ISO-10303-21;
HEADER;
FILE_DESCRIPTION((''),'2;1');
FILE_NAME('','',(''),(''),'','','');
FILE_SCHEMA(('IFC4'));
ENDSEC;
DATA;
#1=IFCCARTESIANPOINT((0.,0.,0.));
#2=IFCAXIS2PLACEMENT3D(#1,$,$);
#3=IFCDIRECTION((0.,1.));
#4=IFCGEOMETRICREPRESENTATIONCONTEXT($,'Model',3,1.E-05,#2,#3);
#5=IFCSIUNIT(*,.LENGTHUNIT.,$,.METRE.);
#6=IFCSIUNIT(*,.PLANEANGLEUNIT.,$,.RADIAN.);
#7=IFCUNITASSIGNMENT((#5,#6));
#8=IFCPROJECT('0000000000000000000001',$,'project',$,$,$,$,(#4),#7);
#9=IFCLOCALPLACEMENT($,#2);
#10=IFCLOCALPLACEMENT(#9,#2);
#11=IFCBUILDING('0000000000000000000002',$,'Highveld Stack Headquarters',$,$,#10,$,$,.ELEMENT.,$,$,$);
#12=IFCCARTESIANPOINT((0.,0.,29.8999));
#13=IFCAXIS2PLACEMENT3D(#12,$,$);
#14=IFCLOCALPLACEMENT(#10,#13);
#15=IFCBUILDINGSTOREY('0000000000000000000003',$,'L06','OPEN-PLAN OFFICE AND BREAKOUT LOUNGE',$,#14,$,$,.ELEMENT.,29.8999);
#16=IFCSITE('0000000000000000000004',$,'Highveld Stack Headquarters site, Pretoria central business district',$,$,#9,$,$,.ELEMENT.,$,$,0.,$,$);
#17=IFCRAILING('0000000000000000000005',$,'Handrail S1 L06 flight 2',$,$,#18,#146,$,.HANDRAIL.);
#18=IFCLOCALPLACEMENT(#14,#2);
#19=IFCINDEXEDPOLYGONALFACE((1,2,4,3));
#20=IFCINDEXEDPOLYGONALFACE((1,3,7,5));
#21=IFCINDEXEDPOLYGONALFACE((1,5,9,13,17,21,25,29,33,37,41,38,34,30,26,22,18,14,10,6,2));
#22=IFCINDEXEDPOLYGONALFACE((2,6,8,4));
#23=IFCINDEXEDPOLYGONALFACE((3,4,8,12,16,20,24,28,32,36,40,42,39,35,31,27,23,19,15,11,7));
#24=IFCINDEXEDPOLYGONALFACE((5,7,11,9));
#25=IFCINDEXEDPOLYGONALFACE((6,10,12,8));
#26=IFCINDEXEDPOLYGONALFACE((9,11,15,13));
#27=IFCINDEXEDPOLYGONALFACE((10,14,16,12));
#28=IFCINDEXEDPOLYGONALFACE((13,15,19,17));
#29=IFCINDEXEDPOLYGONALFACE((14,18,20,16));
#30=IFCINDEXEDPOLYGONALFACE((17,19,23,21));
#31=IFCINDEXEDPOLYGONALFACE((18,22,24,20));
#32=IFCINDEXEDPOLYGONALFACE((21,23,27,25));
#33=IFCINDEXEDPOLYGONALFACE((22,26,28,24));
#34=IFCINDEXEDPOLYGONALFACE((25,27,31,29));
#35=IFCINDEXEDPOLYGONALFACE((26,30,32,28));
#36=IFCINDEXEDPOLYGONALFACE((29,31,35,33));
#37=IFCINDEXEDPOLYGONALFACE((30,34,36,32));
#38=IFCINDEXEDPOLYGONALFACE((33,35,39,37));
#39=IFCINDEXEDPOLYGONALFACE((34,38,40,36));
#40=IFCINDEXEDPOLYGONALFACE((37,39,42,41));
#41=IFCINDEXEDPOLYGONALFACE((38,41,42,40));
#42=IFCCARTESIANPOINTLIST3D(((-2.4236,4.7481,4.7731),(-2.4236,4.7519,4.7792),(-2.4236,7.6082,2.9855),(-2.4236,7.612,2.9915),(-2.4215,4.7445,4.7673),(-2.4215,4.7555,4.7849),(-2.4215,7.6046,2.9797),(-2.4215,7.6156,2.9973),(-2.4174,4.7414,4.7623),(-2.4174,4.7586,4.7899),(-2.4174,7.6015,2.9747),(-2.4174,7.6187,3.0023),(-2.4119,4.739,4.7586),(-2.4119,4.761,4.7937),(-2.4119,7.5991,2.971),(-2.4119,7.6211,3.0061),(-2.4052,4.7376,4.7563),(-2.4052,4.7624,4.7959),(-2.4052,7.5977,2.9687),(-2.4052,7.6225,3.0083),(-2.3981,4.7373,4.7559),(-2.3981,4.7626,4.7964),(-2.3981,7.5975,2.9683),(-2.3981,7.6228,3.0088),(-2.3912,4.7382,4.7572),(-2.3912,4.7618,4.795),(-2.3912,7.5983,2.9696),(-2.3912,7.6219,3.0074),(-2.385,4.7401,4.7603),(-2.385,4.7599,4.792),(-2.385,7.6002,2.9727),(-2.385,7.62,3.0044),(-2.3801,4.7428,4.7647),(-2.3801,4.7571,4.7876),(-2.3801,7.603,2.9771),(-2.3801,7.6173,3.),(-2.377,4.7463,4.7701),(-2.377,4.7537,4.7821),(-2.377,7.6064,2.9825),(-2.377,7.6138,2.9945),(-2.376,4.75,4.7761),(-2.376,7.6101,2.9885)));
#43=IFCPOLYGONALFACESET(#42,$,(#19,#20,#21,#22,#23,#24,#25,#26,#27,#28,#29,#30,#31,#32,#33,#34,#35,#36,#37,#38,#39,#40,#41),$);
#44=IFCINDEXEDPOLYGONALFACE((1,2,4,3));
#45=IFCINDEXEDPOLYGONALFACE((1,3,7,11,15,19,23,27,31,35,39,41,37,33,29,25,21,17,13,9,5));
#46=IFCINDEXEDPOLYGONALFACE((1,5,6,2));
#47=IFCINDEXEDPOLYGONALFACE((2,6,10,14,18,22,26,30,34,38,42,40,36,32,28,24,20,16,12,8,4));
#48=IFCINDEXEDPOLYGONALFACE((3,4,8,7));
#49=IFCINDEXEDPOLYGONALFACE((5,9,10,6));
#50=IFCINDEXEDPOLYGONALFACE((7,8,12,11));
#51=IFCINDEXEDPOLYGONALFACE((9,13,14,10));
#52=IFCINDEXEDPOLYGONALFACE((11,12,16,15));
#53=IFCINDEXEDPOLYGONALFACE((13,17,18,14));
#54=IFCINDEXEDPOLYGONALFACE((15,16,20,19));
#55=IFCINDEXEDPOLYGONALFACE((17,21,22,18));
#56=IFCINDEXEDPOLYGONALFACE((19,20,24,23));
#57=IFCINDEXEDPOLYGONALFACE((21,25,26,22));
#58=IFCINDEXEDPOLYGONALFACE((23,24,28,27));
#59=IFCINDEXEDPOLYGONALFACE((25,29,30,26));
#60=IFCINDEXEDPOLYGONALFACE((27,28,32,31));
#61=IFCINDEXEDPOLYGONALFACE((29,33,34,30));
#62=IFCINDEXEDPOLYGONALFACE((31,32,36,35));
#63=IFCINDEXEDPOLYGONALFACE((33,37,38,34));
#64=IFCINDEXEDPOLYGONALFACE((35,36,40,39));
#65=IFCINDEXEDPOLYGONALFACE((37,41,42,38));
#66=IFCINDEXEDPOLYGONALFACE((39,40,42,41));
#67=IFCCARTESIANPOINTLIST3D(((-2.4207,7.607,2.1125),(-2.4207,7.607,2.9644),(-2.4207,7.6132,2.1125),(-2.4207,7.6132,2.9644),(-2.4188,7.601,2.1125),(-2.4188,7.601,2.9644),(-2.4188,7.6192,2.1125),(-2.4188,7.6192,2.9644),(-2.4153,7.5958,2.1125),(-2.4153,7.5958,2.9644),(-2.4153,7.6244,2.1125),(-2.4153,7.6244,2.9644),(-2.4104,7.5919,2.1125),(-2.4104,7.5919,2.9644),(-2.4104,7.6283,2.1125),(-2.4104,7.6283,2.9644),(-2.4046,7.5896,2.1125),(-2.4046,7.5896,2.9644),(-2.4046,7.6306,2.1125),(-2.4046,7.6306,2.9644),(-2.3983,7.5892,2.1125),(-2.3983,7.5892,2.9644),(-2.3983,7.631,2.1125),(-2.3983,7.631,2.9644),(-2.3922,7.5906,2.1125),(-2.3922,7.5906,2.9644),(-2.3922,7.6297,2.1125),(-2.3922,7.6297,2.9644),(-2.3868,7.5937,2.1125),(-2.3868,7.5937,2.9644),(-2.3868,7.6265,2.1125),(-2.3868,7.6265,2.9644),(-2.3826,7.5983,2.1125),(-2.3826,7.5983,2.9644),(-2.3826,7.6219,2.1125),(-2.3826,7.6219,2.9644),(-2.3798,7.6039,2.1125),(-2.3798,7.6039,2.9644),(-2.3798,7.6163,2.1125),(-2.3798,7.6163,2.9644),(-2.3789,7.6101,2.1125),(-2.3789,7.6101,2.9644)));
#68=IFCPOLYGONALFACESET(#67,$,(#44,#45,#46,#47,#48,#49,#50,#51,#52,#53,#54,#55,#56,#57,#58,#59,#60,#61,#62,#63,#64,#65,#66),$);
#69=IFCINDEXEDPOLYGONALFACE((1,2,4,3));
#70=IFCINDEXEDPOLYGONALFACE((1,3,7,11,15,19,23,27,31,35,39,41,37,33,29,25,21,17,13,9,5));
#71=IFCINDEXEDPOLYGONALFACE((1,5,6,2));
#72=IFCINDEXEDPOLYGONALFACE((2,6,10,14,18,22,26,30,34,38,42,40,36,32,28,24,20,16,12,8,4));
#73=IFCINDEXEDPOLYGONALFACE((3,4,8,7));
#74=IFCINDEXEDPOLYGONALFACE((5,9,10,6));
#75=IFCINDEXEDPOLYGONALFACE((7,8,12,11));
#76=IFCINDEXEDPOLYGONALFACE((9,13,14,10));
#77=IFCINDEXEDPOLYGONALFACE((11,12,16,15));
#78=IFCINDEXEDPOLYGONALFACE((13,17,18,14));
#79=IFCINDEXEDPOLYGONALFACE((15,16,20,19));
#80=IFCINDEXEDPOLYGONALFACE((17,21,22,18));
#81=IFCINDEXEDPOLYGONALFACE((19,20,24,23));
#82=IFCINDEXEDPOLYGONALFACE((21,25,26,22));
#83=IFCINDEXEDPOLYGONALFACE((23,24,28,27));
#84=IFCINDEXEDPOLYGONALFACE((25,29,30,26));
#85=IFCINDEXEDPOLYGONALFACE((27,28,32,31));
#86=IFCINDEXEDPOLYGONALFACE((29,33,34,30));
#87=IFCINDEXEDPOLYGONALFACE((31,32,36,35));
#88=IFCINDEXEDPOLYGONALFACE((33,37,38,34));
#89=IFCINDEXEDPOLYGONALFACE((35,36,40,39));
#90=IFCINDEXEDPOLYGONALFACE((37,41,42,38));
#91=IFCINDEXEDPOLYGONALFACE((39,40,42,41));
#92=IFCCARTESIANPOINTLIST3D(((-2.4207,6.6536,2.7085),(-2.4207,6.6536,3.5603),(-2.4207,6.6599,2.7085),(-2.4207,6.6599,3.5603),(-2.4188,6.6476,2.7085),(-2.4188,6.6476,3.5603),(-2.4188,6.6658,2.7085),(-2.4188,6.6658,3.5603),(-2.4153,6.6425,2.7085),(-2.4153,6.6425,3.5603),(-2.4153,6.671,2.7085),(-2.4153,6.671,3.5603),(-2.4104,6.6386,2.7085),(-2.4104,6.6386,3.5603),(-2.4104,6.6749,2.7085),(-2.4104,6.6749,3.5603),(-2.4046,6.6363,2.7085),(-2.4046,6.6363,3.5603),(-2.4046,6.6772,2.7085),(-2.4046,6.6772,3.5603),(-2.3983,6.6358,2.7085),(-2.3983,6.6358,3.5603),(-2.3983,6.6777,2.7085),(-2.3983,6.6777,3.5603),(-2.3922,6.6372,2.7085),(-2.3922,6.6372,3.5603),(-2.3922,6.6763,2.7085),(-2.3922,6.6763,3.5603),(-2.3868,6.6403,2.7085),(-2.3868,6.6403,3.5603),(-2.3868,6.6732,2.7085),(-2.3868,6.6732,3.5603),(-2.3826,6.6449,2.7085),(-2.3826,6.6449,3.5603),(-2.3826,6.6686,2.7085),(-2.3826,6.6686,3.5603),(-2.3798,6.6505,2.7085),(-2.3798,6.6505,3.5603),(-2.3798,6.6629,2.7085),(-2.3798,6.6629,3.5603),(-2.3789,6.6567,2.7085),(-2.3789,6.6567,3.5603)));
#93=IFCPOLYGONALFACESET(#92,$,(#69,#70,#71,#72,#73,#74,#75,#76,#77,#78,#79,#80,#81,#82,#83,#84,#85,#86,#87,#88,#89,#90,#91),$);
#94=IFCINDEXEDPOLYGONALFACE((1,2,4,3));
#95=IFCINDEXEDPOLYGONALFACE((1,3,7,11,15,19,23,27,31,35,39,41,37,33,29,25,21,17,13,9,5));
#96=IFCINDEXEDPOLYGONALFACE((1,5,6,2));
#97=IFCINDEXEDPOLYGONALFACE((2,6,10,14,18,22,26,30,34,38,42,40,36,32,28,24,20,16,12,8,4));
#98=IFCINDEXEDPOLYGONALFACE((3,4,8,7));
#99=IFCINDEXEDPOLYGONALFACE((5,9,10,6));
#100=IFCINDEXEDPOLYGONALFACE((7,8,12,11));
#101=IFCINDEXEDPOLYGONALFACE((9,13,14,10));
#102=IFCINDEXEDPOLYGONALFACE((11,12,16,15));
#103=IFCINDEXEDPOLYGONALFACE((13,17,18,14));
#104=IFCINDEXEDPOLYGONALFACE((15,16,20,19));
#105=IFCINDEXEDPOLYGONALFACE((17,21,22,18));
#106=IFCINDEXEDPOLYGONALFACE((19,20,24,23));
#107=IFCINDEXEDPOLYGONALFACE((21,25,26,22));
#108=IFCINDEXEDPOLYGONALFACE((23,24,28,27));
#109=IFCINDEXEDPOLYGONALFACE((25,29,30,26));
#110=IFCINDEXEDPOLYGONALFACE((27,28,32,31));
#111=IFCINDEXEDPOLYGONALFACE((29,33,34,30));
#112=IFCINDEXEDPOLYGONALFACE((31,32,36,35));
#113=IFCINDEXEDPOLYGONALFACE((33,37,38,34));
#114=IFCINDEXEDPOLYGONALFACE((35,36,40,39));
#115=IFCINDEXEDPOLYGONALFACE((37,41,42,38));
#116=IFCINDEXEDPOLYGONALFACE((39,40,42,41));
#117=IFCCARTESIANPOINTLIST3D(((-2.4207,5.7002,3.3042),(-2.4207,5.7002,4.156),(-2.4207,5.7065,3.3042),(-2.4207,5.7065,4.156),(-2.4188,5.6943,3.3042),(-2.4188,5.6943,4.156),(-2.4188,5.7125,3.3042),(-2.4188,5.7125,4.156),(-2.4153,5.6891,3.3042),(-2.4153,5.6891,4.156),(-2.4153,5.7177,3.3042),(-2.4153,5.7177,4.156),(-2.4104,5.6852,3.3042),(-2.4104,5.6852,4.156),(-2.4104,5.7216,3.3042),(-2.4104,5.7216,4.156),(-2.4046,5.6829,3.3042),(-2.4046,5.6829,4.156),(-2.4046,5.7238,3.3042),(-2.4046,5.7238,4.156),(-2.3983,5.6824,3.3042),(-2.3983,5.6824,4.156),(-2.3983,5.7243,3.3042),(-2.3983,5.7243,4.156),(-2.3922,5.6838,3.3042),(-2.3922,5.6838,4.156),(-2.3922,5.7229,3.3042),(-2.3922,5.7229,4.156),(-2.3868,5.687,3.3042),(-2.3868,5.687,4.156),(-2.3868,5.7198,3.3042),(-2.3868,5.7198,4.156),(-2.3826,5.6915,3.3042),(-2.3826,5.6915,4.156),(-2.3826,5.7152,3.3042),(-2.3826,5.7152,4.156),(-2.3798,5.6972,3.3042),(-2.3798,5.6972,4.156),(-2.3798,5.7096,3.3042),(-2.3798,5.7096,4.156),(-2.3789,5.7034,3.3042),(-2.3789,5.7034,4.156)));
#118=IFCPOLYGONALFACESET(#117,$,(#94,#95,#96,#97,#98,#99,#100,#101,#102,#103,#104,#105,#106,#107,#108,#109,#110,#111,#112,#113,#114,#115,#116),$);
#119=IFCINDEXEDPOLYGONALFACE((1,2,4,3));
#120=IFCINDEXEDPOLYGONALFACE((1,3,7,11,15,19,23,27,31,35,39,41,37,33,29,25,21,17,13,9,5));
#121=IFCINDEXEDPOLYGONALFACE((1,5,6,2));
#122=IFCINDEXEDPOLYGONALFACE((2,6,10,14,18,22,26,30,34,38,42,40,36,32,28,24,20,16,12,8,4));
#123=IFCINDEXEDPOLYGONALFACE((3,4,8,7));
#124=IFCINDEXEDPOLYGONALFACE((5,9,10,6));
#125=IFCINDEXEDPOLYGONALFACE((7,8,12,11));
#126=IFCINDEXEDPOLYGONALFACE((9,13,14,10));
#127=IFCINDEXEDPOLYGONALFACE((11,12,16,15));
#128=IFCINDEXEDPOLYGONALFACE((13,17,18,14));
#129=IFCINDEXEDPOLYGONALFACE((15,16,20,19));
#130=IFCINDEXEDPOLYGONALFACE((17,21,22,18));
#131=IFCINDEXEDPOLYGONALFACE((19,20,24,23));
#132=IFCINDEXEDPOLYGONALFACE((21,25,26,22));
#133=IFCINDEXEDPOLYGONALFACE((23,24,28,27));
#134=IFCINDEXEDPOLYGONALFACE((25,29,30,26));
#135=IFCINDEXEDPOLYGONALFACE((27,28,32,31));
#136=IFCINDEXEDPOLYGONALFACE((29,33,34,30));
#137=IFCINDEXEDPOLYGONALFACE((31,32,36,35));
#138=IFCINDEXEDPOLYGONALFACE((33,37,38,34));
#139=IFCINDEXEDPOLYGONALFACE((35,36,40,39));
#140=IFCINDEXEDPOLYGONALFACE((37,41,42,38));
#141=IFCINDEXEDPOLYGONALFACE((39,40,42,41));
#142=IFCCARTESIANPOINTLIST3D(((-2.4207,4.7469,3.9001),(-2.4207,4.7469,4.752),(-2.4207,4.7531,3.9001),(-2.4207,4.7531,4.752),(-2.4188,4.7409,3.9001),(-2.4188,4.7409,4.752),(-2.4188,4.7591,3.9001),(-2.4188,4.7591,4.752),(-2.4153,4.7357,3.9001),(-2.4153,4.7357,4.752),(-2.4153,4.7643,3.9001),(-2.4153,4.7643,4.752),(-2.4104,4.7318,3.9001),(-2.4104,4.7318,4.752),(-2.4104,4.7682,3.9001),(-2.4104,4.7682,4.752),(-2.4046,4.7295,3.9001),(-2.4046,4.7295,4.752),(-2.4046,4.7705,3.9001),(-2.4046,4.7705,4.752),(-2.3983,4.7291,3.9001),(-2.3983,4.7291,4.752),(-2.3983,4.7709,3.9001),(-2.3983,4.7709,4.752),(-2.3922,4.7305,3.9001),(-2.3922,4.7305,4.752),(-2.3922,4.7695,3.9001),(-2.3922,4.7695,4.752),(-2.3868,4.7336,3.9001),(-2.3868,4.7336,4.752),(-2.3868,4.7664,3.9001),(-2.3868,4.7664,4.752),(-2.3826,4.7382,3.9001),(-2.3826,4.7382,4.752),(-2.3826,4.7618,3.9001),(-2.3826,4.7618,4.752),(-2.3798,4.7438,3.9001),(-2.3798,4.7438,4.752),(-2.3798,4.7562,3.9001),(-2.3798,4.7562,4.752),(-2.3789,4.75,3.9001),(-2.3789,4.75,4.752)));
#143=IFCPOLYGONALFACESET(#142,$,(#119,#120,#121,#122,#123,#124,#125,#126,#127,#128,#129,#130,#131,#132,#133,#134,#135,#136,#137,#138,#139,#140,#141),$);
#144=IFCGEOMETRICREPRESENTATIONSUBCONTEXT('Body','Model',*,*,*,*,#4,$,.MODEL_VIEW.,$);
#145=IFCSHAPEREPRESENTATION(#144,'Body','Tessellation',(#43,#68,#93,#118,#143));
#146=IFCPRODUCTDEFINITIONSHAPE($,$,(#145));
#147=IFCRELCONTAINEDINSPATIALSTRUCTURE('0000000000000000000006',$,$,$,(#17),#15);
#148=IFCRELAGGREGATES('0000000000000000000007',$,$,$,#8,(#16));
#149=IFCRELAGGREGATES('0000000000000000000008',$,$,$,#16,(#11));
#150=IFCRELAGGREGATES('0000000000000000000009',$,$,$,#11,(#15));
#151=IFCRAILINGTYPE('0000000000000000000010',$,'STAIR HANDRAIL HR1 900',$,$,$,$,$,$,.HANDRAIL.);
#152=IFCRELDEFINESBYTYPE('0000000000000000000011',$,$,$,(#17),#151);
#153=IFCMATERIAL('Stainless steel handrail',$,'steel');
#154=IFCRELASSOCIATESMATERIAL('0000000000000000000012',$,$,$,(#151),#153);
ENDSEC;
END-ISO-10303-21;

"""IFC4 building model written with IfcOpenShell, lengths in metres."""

from ifc_helpers import new_model, si_unit, direction, frame, origin, origin_2d, place, context, subcontext, project, spatial, circle, extrude, material, type_object, element, save


model = new_model("IFC4")

# Units and contexts
model_context = context("Model", 3, precision=1e-05, world=origin(), true_north=direction((0.0, 1.0)))
body_context = subcontext(model_context, "Body", "Model", "MODEL_VIEW")
ifc_project = project(units=[si_unit("LENGTHUNIT", "METRE"), si_unit("PLANEANGLEUNIT", "RADIAN")], contexts=[model_context])

# Site, building, storey
site_placement = place(None, origin())
site = spatial("IfcSite", under=ifc_project, at=site_placement, Name="Highveld Stack Headquarters site, Pretoria central business district", CompositionType="ELEMENT", RefElevation=0.0)
building_placement = place(site_placement, origin())
building = spatial("IfcBuilding", under=site, at=building_placement, Name="Highveld Stack Headquarters", CompositionType="ELEMENT")
storey_placement = place(building_placement, frame((0.0, 0.0, 29.8999)))
storey = spatial("IfcBuildingStorey", under=building, at=storey_placement, Name="L06", Description="OPEN-PLAN OFFICE AND BREAKOUT LOUNGE", CompositionType="ELEMENT", Elevation=29.8999)

# Railing
ifc_material_1 = material(Name="Stainless steel handrail", Category="steel")
railing_type = type_object("IfcRailingType", Name="STAIR HANDRAIL HR1 900", PredefinedType="HANDRAIL", material=ifc_material_1)
for number, where, name in (
    (1, (-2.3999, 7.6101, 2.1125), "Handrail S1 L06 flight 2"),
):
    element("IfcRailing", number, at=place(storey_placement, frame(where)), inside=storey, type_object=railing_type, Name=name, PredefinedType="HANDRAIL", context=body_context, shape_type="SweptSolid", body=[
        extrude(circle(Radius=0.0239, at=origin_2d()), frame((0.0, 0.0, 0.876), z_axis=(0.0, -0.847994, 0.530005), x_axis=(1.0, 0.0, 0.0)), (0.0, 0.0, 1.0), 3.3728),
        extrude(circle(Radius=0.021, at=origin_2d()), origin(), (0.0, 0.0, 1.0), 0.8518),
        extrude(circle(Radius=0.021, at=origin_2d()), frame((0.0, -0.9534, 0.5959)), (0.0, 0.0, 1.0), 0.8518),
        extrude(circle(Radius=0.021, at=origin_2d()), frame((0.0, -1.9067, 1.1917)), (0.0, 0.0, 1.0), 0.8518),
        extrude(circle(Radius=0.021, at=origin_2d()), frame((0.0, -2.8601, 1.7876)), (0.0, 0.0, 1.0), 0.8518),
    ])

save(model, "model.ifc")
